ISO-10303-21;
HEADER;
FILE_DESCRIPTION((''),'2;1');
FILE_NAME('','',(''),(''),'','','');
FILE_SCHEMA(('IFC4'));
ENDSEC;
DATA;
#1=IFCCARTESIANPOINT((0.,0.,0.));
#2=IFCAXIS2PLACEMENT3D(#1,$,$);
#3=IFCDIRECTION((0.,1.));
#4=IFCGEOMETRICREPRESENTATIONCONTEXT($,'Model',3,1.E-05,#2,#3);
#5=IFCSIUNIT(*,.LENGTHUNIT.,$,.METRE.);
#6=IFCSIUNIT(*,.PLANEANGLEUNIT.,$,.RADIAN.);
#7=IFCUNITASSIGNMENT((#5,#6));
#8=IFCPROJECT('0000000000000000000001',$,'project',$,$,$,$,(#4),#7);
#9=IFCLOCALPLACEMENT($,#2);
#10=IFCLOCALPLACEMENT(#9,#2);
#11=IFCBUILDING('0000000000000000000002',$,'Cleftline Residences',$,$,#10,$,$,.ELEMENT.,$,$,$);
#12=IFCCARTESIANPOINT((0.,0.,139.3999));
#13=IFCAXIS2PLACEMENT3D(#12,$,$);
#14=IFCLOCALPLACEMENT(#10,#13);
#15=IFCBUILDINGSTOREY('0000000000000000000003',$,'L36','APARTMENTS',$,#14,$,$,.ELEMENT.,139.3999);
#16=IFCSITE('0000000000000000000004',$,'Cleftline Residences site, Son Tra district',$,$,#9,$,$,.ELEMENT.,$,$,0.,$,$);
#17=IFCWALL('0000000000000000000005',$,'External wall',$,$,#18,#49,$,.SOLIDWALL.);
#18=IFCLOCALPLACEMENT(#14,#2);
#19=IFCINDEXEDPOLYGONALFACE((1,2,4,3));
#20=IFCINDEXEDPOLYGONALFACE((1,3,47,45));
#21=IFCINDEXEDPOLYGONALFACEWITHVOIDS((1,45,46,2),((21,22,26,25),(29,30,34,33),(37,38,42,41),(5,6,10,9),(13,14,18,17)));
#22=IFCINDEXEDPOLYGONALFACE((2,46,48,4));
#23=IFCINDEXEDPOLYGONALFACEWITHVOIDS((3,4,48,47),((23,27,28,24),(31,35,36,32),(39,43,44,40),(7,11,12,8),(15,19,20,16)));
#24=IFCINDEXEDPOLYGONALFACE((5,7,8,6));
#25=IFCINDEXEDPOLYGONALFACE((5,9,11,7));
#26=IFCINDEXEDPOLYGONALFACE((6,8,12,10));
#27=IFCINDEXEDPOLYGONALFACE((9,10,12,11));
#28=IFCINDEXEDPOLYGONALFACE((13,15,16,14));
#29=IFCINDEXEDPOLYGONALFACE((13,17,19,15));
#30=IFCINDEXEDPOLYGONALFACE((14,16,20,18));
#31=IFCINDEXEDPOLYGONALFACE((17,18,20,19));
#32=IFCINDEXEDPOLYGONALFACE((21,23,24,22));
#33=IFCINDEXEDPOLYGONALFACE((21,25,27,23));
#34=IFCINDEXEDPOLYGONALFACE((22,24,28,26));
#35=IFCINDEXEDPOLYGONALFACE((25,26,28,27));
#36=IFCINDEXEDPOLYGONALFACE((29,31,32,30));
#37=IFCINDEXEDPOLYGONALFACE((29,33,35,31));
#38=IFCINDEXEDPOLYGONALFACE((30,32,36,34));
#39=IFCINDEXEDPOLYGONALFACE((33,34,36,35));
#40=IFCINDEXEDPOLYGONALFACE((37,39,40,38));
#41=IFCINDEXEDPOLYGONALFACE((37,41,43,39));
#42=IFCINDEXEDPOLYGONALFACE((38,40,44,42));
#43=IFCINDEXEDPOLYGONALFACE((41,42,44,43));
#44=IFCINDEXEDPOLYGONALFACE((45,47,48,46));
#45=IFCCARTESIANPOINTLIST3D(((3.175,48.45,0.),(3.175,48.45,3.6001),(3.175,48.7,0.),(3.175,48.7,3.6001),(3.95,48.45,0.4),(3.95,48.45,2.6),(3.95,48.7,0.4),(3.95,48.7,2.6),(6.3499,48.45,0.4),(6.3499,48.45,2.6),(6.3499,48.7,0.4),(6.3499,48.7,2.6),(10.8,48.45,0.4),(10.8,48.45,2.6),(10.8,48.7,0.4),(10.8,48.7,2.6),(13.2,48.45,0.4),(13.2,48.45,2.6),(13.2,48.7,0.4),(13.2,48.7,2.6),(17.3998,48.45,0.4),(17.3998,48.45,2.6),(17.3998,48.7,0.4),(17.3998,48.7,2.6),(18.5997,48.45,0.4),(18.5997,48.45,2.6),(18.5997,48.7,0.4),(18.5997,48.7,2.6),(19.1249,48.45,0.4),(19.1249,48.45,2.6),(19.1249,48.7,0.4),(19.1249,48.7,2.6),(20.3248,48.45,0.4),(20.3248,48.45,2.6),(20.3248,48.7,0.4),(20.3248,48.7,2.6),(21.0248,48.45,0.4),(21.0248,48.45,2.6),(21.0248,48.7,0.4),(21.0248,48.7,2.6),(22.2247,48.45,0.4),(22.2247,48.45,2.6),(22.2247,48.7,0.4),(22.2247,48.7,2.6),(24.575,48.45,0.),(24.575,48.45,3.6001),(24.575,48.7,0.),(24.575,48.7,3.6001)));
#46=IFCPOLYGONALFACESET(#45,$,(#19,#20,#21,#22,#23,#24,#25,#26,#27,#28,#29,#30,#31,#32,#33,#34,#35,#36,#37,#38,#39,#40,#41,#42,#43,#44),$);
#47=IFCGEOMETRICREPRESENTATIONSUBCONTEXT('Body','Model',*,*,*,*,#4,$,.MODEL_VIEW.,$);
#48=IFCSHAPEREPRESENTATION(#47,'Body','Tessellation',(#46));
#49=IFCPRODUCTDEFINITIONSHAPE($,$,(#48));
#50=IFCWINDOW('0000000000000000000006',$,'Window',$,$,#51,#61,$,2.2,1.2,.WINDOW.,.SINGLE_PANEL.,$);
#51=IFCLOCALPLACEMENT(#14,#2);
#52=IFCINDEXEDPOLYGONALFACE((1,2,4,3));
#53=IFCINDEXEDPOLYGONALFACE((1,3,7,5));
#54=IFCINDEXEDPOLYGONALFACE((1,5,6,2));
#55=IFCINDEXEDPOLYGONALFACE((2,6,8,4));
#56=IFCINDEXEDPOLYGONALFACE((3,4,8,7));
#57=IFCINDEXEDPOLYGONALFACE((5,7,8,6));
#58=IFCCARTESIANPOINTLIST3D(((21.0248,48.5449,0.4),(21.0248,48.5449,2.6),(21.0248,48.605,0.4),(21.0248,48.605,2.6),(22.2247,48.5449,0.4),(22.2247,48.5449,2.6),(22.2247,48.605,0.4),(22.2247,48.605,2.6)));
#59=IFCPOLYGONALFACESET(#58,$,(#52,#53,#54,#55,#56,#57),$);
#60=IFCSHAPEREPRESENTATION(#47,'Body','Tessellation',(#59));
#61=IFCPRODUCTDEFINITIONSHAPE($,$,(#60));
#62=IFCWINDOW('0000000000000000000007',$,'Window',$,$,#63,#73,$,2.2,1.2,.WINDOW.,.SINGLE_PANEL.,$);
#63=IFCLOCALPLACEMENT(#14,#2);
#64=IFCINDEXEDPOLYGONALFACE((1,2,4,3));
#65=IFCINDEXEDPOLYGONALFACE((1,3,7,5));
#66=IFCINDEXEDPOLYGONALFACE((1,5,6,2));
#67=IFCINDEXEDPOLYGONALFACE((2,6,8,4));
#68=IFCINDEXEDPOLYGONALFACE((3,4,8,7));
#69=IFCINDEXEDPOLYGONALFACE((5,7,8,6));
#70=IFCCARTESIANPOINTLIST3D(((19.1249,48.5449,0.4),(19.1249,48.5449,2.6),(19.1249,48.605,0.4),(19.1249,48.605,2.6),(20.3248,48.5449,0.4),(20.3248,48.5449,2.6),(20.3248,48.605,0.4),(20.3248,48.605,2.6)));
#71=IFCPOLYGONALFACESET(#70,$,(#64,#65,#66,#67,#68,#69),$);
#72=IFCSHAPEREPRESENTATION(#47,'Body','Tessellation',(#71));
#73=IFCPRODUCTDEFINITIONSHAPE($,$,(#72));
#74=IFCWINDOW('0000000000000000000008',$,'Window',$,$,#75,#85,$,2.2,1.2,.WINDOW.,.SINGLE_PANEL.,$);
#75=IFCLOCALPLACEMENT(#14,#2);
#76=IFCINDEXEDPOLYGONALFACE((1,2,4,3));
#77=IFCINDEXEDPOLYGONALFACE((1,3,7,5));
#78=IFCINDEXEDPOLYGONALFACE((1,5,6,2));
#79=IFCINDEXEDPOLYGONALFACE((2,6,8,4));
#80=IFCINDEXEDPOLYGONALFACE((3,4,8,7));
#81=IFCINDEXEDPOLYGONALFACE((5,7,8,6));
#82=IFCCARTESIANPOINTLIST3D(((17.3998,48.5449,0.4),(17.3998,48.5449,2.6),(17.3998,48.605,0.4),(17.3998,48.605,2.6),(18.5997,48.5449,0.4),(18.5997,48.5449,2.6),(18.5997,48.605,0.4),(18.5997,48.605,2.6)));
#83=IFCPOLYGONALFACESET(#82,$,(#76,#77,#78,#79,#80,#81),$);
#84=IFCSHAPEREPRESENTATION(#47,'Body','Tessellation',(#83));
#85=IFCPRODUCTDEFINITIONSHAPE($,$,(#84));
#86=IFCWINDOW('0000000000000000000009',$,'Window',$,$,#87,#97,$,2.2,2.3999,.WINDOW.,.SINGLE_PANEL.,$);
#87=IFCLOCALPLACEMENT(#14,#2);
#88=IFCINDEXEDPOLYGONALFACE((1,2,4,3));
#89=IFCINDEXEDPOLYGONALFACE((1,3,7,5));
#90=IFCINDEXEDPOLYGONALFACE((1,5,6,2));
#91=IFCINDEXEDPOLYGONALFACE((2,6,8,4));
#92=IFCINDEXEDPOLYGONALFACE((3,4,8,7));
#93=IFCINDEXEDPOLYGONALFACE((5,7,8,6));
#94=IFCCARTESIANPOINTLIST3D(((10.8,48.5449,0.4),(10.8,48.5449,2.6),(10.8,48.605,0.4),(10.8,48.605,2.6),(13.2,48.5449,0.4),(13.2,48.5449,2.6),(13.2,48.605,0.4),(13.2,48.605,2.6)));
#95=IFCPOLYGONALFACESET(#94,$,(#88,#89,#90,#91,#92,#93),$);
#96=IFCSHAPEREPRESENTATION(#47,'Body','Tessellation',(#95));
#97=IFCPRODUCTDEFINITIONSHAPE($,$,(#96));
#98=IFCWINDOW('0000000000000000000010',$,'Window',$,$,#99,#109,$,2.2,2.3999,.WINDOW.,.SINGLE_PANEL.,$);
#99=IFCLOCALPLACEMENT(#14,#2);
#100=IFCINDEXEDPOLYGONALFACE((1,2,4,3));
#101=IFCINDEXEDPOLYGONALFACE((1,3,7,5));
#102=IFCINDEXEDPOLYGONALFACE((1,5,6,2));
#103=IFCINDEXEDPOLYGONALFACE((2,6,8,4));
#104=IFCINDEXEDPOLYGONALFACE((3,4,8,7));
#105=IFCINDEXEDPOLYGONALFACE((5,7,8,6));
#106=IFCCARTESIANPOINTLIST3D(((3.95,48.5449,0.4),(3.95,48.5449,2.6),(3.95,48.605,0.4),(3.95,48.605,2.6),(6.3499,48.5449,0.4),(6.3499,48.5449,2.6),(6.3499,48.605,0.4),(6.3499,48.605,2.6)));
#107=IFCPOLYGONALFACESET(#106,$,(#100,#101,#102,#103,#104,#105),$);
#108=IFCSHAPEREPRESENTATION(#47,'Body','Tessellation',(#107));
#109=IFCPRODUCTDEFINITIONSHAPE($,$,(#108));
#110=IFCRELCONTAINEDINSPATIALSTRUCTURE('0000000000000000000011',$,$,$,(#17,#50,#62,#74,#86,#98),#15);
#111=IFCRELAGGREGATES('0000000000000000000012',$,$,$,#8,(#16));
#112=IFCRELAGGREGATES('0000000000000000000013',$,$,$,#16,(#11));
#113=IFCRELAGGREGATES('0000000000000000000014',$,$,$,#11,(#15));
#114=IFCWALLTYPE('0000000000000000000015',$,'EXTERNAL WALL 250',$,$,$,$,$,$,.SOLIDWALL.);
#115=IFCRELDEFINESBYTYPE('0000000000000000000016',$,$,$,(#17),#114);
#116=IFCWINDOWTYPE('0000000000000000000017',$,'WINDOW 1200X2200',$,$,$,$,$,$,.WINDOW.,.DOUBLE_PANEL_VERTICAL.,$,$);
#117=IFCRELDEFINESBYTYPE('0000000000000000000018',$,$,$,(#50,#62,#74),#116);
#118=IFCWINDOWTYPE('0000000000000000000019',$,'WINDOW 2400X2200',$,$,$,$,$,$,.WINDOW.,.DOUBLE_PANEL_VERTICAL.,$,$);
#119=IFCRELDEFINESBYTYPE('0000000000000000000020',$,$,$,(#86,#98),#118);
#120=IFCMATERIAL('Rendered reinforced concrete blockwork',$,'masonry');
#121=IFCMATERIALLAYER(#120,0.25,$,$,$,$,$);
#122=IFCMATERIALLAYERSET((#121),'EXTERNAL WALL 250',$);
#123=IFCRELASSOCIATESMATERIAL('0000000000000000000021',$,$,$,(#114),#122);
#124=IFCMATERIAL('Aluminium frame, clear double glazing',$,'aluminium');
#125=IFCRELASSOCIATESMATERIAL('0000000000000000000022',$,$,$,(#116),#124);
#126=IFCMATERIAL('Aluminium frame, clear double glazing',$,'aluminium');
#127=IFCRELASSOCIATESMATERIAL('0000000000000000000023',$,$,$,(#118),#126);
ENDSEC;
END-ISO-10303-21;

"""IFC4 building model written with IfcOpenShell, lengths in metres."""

from ifc_helpers import new_model, si_unit, direction, frame, frame_2d, origin, place, context, subcontext, project, spatial, rectangle, extrude, material, layer, layer_set, type_object, element, fill, save


model = new_model("IFC4")

# Units and contexts
model_context = context("Model", 3, precision=1e-05, world=origin(), true_north=direction((0.0, 1.0)))
body_context = subcontext(model_context, "Body", "Model", "MODEL_VIEW")
ifc_project = project(units=[si_unit("LENGTHUNIT", "METRE"), si_unit("PLANEANGLEUNIT", "RADIAN")], contexts=[model_context])

# Site, building, storey
site_placement = place(None, origin())
site = spatial("IfcSite", under=ifc_project, at=site_placement, Name="Cleftline Residences site, Son Tra district", CompositionType="ELEMENT", RefElevation=0.0)
building_placement = place(site_placement, origin())
building = spatial("IfcBuilding", under=site, at=building_placement, Name="Cleftline Residences", CompositionType="ELEMENT")
storey_placement = place(building_placement, frame((0.0, 0.0, 139.3999)))
storey = spatial("IfcBuildingStorey", under=building, at=storey_placement, Name="L36", Description="APARTMENTS", CompositionType="ELEMENT", Elevation=139.3999)

# Wall, openings, windows
ifc_material_1 = material(Name="Rendered reinforced concrete blockwork", Category="masonry")
ifc_layer_1 = layer(ifc_material_1, 0.25)
ifc_layer_set_1 = layer_set([ifc_layer_1], Name="EXTERNAL WALL 250")
wall_type = type_object("IfcWallType", Name="EXTERNAL WALL 250", PredefinedType="SOLIDWALL", material=ifc_layer_set_1)
wall_placement = place(storey_placement, frame((24.575, 48.575, 0.0), z_axis=(0.0, 0.0, 1.0), x_axis=(-1.0, 0.0, 0.0)))
wall = element("IfcWall", 1, at=wall_placement, inside=storey, type_object=wall_type, Name="External wall", PredefinedType="SOLIDWALL", context=body_context, shape_type="SweptSolid", body=[
    extrude(rectangle(XDim=21.3999, YDim=0.25, at=frame_2d((10.7, 0.0))), origin(), (0.0, 0.0, 1.0), 3.6001),
])
opening_1_placement = place(wall_placement, frame((2.3501, 0.0, 0.3999)))
opening_1 = element("IfcOpeningElement", 2, at=opening_1_placement, cuts=wall, PredefinedType="OPENING", context=body_context, shape_type="SweptSolid", body=[
    extrude(rectangle(XDim=1.2, YDim=2.2, at=frame_2d((0.6001, 1.1001))), frame((0.0, 0.135, 0.0), z_axis=(0.0, -1.0, 0.0), x_axis=(1.0, 0.0, 0.0)), (0.0, 0.0, 1.0), 0.27),
])
opening_2_placement = place(wall_placement, frame((4.25, 0.0, 0.3999)))
opening_2 = element("IfcOpeningElement", 3, at=opening_2_placement, cuts=wall, PredefinedType="OPENING", context=body_context, shape_type="SweptSolid", body=[
    extrude(rectangle(XDim=1.2, YDim=2.2, at=frame_2d((0.6001, 1.1001))), frame((0.0, 0.135, 0.0), z_axis=(0.0, -1.0, 0.0), x_axis=(1.0, 0.0, 0.0)), (0.0, 0.0, 1.0), 0.27),
])
opening_3_placement = place(wall_placement, frame((5.9751, 0.0, 0.3999)))
opening_3 = element("IfcOpeningElement", 4, at=opening_3_placement, cuts=wall, PredefinedType="OPENING", context=body_context, shape_type="SweptSolid", body=[
    extrude(rectangle(XDim=1.2, YDim=2.2, at=frame_2d((0.6001, 1.1001))), frame((0.0, 0.135, 0.0), z_axis=(0.0, -1.0, 0.0), x_axis=(1.0, 0.0, 0.0)), (0.0, 0.0, 1.0), 0.27),
])
opening_4_placement = place(wall_placement, frame((11.375, 0.0, 0.3999)))
opening_4 = element("IfcOpeningElement", 5, at=opening_4_placement, cuts=wall, PredefinedType="OPENING", context=body_context, shape_type="SweptSolid", body=[
    extrude(rectangle(XDim=2.3999, YDim=2.2, at=frame_2d((1.2, 1.1001))), frame((0.0, 0.135, 0.0), z_axis=(0.0, -1.0, 0.0), x_axis=(1.0, 0.0, 0.0)), (0.0, 0.0, 1.0), 0.27),
])
opening_5_placement = place(wall_placement, frame((18.2251, 0.0, 0.3999)))
opening_5 = element("IfcOpeningElement", 6, at=opening_5_placement, cuts=wall, PredefinedType="OPENING", context=body_context, shape_type="SweptSolid", body=[
    extrude(rectangle(XDim=2.3999, YDim=2.2, at=frame_2d((1.2, 1.1001))), frame((0.0, 0.135, 0.0), z_axis=(0.0, -1.0, 0.0), x_axis=(1.0, 0.0, 0.0)), (0.0, 0.0, 1.0), 0.27),
])
ifc_material_2 = material(Name="Aluminium frame, clear double glazing", Category="aluminium")
window_type_1 = type_object("IfcWindowType", Name="WINDOW 1200X2200", PartitioningType="DOUBLE_PANEL_VERTICAL", PredefinedType="WINDOW", material=ifc_material_2)
window_1_placement = place(opening_1_placement, origin())
window_1 = element("IfcWindow", 7, at=window_1_placement, inside=storey, type_object=window_type_1, Name="Window", OverallHeight=2.2, OverallWidth=1.2, PartitioningType="SINGLE_PANEL", PredefinedType="WINDOW", context=body_context, shape_type="SweptSolid", body=[
    extrude(rectangle(XDim=1.2, YDim=2.2, at=frame_2d((0.6001, 1.1001))), frame((0.0, 0.03, 0.0), z_axis=(0.0, -1.0, 0.0), x_axis=(1.0, 0.0, 0.0)), (0.0, 0.0, 1.0), 0.0601),
])
fill(opening_1, window_1)
window_2_placement = place(opening_2_placement, origin())
window_2 = element("IfcWindow", 8, at=window_2_placement, inside=storey, type_object=window_type_1, Name="Window", OverallHeight=2.2, OverallWidth=1.2, PartitioningType="SINGLE_PANEL", PredefinedType="WINDOW", context=body_context, shape_type="SweptSolid", body=[
    extrude(rectangle(XDim=1.2, YDim=2.2, at=frame_2d((0.6001, 1.1001))), frame((0.0, 0.03, 0.0), z_axis=(0.0, -1.0, 0.0), x_axis=(1.0, 0.0, 0.0)), (0.0, 0.0, 1.0), 0.0601),
])
fill(opening_2, window_2)
window_3_placement = place(opening_3_placement, origin())
window_3 = element("IfcWindow", 9, at=window_3_placement, inside=storey, type_object=window_type_1, Name="Window", OverallHeight=2.2, OverallWidth=1.2, PartitioningType="SINGLE_PANEL", PredefinedType="WINDOW", context=body_context, shape_type="SweptSolid", body=[
    extrude(rectangle(XDim=1.2, YDim=2.2, at=frame_2d((0.6001, 1.1001))), frame((0.0, 0.03, 0.0), z_axis=(0.0, -1.0, 0.0), x_axis=(1.0, 0.0, 0.0)), (0.0, 0.0, 1.0), 0.0601),
])
fill(opening_3, window_3)
ifc_material_3 = material(Name="Aluminium frame, clear double glazing", Category="aluminium")
window_type_2 = type_object("IfcWindowType", Name="WINDOW 2400X2200", PartitioningType="DOUBLE_PANEL_VERTICAL", PredefinedType="WINDOW", material=ifc_material_3)
window_4_placement = place(opening_4_placement, origin())
window_4 = element("IfcWindow", 10, at=window_4_placement, inside=storey, type_object=window_type_2, Name="Window", OverallHeight=2.2, OverallWidth=2.3999, PartitioningType="SINGLE_PANEL", PredefinedType="WINDOW", context=body_context, shape_type="SweptSolid", body=[
    extrude(rectangle(XDim=2.3999, YDim=2.2, at=frame_2d((1.2, 1.1001))), frame((0.0, 0.03, 0.0), z_axis=(0.0, -1.0, 0.0), x_axis=(1.0, 0.0, 0.0)), (0.0, 0.0, 1.0), 0.0601),
])
fill(opening_4, window_4)
window_5_placement = place(opening_5_placement, origin())
window_5 = element("IfcWindow", 11, at=window_5_placement, inside=storey, type_object=window_type_2, Name="Window", OverallHeight=2.2, OverallWidth=2.3999, PartitioningType="SINGLE_PANEL", PredefinedType="WINDOW", context=body_context, shape_type="SweptSolid", body=[
    extrude(rectangle(XDim=2.3999, YDim=2.2, at=frame_2d((1.2, 1.1001))), frame((0.0, 0.03, 0.0), z_axis=(0.0, -1.0, 0.0), x_axis=(1.0, 0.0, 0.0)), (0.0, 0.0, 1.0), 0.0601),
])
fill(opening_5, window_5)

save(model, "model.ifc")
